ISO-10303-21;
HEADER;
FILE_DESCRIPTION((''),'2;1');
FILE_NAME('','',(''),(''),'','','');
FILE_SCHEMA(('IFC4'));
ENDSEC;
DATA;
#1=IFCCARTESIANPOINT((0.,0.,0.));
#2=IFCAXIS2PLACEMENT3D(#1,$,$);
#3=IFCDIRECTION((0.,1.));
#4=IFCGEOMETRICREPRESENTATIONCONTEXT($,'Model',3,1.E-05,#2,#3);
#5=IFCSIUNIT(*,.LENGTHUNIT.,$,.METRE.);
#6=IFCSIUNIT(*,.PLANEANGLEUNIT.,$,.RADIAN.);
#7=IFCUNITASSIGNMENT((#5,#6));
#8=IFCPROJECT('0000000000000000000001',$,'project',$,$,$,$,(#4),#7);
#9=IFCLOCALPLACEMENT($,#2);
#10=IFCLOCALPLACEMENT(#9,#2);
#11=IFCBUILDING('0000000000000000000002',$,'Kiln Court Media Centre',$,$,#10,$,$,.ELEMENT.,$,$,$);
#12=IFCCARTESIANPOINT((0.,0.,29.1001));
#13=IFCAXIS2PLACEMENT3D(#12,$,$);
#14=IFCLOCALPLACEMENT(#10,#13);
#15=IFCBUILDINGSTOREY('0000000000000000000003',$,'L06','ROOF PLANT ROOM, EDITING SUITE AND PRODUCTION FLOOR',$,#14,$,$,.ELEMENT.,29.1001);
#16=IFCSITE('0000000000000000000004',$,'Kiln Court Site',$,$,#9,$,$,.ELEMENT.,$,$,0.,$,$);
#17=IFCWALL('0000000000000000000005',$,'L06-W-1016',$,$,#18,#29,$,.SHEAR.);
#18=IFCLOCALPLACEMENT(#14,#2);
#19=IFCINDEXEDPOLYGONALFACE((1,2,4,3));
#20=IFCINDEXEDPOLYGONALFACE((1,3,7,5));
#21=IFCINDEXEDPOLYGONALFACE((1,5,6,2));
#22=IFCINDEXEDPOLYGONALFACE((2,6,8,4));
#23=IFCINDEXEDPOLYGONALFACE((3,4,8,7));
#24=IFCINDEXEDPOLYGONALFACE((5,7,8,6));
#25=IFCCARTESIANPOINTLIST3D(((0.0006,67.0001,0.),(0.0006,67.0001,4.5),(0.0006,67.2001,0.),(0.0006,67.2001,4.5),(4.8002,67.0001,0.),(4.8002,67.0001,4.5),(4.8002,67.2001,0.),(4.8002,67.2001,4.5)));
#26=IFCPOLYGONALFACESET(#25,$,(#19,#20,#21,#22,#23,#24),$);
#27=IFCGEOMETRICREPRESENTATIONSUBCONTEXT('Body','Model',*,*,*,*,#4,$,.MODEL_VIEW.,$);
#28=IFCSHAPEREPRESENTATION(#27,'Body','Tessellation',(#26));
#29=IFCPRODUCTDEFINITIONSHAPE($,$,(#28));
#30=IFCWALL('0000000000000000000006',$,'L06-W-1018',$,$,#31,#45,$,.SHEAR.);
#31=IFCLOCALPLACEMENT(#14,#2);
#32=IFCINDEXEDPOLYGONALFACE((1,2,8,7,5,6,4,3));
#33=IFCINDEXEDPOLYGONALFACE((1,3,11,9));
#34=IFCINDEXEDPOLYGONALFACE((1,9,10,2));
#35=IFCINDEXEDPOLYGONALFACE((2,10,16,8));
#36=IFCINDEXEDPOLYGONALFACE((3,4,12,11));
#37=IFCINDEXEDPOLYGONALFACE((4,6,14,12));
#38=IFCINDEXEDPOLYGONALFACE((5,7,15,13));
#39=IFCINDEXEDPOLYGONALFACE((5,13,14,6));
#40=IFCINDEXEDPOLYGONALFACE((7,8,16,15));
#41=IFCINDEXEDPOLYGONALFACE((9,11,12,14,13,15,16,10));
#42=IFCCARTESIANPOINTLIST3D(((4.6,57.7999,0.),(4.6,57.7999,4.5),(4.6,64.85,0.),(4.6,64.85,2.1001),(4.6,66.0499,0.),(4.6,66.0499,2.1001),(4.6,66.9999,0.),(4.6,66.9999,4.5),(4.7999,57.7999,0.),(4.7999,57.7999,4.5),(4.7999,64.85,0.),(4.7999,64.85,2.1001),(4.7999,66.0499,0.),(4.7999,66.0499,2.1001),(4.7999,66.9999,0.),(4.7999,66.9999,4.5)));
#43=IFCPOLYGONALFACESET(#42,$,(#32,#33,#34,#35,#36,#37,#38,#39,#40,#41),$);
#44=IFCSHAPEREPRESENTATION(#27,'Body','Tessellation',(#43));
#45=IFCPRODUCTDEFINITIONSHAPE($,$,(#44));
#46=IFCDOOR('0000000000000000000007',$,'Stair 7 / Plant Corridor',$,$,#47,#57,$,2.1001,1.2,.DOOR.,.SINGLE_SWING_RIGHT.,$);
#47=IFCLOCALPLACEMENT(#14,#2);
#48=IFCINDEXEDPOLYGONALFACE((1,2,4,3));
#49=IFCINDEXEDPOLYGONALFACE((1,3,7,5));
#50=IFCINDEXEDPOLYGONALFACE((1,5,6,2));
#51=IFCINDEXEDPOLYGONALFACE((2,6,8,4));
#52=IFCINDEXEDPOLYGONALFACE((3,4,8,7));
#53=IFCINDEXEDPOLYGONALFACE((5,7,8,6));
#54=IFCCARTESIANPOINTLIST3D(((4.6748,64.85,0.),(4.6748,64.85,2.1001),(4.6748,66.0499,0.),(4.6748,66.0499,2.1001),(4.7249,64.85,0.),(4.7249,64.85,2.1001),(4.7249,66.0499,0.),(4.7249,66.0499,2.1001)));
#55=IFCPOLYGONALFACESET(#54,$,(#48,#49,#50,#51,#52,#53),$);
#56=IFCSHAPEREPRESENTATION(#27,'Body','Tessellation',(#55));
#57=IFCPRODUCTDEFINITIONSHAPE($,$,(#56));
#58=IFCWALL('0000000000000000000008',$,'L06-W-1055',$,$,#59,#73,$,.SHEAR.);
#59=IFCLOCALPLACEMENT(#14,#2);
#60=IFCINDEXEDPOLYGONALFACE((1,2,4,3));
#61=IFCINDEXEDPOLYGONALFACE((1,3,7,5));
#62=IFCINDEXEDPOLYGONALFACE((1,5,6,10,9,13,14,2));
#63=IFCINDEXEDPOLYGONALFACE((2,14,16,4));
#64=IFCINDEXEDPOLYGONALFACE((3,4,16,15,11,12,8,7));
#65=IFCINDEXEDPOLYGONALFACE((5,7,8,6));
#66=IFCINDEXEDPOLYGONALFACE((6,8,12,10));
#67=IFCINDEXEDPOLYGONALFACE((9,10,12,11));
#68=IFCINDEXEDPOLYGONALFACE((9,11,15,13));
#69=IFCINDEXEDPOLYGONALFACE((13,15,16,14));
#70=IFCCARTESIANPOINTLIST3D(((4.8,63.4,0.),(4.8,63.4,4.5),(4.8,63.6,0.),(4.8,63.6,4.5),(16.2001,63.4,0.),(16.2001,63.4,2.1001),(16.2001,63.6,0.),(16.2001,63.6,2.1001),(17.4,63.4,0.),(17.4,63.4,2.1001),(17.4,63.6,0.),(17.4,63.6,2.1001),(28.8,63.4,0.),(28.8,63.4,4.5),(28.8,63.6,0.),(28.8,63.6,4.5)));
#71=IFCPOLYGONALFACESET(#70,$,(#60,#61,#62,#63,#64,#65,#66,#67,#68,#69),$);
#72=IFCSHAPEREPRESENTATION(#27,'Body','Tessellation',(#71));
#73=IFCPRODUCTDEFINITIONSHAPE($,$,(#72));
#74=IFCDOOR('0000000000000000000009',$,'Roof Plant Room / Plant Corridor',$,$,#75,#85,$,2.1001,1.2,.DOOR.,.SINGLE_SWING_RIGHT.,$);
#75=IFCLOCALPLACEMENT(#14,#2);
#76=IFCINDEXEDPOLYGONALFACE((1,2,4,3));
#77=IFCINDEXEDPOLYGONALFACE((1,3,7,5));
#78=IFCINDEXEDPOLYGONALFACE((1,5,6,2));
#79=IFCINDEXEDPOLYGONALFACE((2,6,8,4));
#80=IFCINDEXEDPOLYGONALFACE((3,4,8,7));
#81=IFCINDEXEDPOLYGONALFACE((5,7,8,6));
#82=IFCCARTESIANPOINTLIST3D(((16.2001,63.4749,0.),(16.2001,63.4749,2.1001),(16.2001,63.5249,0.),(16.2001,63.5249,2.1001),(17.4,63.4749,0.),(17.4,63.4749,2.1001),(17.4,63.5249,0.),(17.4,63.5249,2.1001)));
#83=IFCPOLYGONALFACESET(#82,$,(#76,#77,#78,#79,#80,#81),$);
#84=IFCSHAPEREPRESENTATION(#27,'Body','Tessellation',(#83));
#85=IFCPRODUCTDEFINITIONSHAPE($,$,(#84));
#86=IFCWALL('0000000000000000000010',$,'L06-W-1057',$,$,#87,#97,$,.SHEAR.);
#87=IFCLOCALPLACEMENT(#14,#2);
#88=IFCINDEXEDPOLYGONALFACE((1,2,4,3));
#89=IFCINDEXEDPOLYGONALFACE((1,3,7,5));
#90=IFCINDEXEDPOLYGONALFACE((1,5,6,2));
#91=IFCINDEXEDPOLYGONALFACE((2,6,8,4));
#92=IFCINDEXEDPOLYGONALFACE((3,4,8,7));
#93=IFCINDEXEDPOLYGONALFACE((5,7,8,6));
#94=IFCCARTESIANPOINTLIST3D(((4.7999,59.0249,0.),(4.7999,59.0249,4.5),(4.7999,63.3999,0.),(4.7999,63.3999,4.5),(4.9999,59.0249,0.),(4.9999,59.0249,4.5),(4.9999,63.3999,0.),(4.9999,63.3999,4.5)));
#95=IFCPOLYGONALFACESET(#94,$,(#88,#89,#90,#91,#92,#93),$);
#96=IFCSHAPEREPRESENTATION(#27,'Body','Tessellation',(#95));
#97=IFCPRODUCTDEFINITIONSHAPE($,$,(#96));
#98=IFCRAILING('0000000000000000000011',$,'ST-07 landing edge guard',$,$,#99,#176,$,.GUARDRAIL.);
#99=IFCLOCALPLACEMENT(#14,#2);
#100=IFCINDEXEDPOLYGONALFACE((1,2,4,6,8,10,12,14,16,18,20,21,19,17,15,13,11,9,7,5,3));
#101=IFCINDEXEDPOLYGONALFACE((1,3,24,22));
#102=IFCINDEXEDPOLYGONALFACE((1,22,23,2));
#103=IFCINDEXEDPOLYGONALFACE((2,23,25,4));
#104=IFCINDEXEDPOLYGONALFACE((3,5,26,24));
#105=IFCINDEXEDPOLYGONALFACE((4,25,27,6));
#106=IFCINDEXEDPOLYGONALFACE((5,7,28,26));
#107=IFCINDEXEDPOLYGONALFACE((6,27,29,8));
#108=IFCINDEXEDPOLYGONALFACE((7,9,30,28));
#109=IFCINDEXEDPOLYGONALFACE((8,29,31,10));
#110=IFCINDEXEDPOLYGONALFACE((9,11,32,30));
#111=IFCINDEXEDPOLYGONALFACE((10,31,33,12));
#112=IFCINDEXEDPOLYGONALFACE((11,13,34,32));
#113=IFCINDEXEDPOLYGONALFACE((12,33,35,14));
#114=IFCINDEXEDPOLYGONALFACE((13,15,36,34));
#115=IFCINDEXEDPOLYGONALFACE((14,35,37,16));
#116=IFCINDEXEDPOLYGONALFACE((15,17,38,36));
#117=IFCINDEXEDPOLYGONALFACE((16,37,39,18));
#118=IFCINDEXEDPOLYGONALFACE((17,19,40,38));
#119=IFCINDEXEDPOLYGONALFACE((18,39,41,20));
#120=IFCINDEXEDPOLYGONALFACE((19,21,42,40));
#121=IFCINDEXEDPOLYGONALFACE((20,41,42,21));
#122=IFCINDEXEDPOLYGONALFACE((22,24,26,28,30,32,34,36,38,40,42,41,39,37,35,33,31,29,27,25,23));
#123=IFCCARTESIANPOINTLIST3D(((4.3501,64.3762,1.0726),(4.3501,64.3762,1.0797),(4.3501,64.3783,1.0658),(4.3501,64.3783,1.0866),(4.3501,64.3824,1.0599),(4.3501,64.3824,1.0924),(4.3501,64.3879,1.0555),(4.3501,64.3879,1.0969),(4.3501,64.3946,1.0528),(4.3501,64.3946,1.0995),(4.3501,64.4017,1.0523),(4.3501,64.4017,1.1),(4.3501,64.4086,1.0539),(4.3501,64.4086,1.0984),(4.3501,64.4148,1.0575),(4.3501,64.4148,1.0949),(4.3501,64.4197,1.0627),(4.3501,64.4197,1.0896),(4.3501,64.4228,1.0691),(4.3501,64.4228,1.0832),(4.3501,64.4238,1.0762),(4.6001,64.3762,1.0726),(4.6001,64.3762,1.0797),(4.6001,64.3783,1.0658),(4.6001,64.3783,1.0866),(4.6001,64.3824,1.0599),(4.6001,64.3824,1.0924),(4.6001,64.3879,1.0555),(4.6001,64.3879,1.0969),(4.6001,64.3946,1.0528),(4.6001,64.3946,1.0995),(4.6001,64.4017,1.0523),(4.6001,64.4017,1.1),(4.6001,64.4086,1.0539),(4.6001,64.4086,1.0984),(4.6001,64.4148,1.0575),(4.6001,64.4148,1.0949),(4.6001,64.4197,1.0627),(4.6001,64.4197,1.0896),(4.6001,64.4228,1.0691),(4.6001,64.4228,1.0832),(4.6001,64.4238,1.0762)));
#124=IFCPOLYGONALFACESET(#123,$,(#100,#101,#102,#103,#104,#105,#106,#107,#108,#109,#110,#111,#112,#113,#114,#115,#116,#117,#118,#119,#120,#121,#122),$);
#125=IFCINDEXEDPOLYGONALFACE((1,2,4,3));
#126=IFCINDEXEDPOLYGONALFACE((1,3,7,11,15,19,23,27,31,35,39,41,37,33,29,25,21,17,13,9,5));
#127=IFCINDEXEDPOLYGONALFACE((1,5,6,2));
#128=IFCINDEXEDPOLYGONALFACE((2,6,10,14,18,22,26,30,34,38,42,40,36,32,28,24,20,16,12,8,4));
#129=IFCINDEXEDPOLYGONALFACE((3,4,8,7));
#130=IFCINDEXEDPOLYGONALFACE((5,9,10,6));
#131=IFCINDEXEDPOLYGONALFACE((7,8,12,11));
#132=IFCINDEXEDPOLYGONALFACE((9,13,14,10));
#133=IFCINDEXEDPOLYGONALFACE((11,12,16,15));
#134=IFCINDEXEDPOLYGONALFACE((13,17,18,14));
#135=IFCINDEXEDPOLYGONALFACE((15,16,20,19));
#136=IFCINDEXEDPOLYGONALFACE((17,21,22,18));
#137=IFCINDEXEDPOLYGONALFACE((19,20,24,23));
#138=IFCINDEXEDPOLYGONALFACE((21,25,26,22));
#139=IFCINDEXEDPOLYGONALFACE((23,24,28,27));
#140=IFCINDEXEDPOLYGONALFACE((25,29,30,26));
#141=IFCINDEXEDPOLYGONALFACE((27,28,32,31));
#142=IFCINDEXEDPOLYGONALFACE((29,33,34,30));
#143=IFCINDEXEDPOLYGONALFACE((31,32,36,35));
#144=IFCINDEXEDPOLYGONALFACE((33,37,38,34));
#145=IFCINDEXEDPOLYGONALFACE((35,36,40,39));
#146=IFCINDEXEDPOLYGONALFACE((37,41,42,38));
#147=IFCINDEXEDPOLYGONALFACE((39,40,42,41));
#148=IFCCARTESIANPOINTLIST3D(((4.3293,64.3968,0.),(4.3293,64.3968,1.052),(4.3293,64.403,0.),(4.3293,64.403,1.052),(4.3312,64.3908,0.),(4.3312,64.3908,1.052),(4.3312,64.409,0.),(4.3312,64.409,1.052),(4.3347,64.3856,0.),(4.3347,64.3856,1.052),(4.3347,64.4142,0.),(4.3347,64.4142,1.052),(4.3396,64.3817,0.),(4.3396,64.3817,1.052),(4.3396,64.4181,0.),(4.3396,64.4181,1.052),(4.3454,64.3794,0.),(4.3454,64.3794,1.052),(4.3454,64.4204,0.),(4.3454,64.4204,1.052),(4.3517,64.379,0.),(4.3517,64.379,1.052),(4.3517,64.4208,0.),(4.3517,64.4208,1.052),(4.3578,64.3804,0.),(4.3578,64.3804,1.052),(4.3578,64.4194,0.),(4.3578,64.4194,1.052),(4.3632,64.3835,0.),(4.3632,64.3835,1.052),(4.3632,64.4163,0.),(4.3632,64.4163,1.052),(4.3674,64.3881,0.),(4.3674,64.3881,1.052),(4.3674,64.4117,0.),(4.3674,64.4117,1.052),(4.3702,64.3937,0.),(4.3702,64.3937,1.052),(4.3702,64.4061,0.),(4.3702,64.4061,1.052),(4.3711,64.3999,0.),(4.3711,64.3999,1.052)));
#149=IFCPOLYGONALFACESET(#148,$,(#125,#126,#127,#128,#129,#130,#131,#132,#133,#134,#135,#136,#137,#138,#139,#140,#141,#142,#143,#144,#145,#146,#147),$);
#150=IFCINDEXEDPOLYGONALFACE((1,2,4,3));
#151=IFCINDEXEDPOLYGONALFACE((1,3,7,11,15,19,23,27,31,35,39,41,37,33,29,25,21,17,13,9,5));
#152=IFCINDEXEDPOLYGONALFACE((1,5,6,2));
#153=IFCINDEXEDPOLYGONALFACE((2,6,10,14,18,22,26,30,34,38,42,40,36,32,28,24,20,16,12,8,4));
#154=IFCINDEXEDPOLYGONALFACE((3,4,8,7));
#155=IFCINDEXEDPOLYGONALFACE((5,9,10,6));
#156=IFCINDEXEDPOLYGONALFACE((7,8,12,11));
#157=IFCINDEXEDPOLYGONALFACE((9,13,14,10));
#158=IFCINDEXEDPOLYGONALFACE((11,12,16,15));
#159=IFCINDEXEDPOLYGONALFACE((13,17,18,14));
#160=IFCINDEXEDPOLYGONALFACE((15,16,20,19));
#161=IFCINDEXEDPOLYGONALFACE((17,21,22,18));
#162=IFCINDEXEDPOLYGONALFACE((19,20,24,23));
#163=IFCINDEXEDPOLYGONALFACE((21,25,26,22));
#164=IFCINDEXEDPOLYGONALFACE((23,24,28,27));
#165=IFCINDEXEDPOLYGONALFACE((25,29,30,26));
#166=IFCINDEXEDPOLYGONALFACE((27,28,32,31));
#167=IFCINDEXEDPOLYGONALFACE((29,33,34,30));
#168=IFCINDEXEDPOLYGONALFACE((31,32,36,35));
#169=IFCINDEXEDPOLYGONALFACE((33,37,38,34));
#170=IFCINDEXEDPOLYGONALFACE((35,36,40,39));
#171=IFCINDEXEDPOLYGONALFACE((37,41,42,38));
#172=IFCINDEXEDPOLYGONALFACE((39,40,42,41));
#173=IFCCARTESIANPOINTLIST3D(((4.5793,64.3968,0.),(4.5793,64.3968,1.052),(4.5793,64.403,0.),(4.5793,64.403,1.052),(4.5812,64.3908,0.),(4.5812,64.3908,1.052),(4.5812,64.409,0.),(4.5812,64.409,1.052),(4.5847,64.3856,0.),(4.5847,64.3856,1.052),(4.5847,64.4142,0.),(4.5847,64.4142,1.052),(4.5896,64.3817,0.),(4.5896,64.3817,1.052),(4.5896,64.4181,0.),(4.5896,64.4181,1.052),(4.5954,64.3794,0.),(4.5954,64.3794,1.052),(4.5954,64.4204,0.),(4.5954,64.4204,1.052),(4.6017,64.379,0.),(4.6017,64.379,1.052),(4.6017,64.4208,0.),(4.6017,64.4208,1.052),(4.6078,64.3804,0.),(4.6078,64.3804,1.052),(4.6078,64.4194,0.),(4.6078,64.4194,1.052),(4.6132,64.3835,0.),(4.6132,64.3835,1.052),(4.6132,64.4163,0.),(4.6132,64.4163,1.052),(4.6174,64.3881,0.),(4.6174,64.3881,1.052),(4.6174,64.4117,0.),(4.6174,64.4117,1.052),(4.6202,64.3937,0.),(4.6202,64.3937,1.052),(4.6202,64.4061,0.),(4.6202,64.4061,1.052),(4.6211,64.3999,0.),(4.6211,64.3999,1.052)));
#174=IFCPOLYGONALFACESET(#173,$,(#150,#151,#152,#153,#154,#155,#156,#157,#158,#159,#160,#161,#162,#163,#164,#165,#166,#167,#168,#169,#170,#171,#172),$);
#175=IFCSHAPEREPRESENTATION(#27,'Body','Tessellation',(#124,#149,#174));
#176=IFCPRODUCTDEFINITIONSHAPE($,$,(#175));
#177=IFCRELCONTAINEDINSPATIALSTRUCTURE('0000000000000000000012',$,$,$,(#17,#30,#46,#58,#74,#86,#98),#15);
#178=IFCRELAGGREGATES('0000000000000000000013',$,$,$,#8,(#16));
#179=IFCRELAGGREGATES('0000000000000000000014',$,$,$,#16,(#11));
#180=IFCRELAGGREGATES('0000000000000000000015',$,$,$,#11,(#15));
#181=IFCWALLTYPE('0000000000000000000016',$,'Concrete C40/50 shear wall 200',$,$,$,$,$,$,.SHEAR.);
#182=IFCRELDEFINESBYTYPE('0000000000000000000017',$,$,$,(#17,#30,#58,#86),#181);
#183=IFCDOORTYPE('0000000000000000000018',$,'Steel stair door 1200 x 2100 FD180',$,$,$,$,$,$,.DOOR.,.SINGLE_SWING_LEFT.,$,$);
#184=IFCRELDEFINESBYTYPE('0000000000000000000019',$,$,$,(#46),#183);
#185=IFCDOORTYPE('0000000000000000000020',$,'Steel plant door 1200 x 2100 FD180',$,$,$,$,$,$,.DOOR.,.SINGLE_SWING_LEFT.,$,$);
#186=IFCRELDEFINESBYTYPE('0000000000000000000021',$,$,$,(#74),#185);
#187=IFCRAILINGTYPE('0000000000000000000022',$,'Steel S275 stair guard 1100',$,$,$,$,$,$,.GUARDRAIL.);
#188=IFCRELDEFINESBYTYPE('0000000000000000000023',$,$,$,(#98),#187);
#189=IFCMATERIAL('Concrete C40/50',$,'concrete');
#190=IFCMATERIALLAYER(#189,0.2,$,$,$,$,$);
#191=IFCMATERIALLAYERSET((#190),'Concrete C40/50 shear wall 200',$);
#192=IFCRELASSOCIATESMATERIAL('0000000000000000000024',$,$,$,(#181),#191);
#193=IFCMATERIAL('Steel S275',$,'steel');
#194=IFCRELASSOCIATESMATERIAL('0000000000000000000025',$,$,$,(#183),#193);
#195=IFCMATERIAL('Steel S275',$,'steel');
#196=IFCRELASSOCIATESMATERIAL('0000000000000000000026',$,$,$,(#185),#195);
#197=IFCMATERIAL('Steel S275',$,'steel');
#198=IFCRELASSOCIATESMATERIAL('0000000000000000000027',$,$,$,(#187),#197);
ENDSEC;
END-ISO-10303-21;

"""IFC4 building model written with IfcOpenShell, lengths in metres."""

from ifc_helpers import new_model, si_unit, direction, frame, frame_2d, origin, origin_2d, place, context, subcontext, project, spatial, rectangle, circle, extrude, material, layer, layer_set, type_object, element, fill, save


model = new_model("IFC4")

# Units and contexts
model_context = context("Model", 3, precision=1e-05, world=origin(), true_north=direction((0.0, 1.0)))
body_context = subcontext(model_context, "Body", "Model", "MODEL_VIEW")
ifc_project = project(units=[si_unit("LENGTHUNIT", "METRE"), si_unit("PLANEANGLEUNIT", "RADIAN")], contexts=[model_context])

# Site, building, storey
site_placement = place(None, origin())
site = spatial("IfcSite", under=ifc_project, at=site_placement, Name="Kiln Court Site", CompositionType="ELEMENT", RefElevation=0.0)
building_placement = place(site_placement, origin())
building = spatial("IfcBuilding", under=site, at=building_placement, Name="Kiln Court Media Centre", CompositionType="ELEMENT")
storey_placement = place(building_placement, frame((0.0, 0.0, 29.1001)))
storey = spatial("IfcBuildingStorey", under=building, at=storey_placement, Name="L06", Description="ROOF PLANT ROOM, EDITING SUITE AND PRODUCTION FLOOR", CompositionType="ELEMENT", Elevation=29.1001)

# Wall
ifc_material_1 = material(Name="Concrete C40/50", Category="concrete")
ifc_layer_1 = layer(ifc_material_1, 0.2)
ifc_layer_set_1 = layer_set([ifc_layer_1], Name="Concrete C40/50 shear wall 200")
wall_type_1 = type_object("IfcWallType", Name="Concrete C40/50 shear wall 200", PredefinedType="SHEAR", material=ifc_layer_set_1)
wall_1_placement = place(storey_placement, frame((0.0005, 67.1001, 0.0), z_axis=(0.0, 0.0, 1.0), x_axis=(1.0, 0.0, 0.0)))
element("IfcWall", 1, at=wall_1_placement, inside=storey, type_object=wall_type_1, Name="L06-W-1016", PredefinedType="SHEAR", context=body_context, shape_type="SweptSolid", body=[
    extrude(rectangle(XDim=4.7996, YDim=0.2, at=frame_2d((2.3999, 0.0))), origin(), (0.0, 0.0, 1.0), 4.5),
])

# Walls, openings, doors
wall_2_placement = place(storey_placement, frame((4.7, 67.0, 0.0), z_axis=(0.0, 0.0, 1.0), x_axis=(0.0, -1.0, 0.0)))
wall_2 = element("IfcWall", 2, at=wall_2_placement, inside=storey, type_object=wall_type_1, Name="L06-W-1018", PredefinedType="SHEAR", context=body_context, shape_type="SweptSolid", body=[
    extrude(rectangle(XDim=9.2, YDim=0.2, at=frame_2d((4.6001, 0.0))), origin(), (0.0, 0.0, 1.0), 4.5),
])
opening_1_placement = place(wall_2_placement, frame((0.95, 0.0, 0.0)))
opening_1 = element("IfcOpeningElement", 3, at=opening_1_placement, cuts=wall_2, PredefinedType="OPENING", context=body_context, shape_type="SweptSolid", body=[
    extrude(rectangle(XDim=1.2, YDim=2.1001, at=frame_2d((0.6001, 1.05))), frame((0.0, 0.1099, 0.0), z_axis=(0.0, -1.0, 0.0), x_axis=(1.0, 0.0, 0.0)), (0.0, 0.0, 1.0), 0.22),
])
ifc_material_2 = material(Name="Steel S275", Category="steel")
door_type_1 = type_object("IfcDoorType", Name="Steel stair door 1200 x 2100 FD180", OperationType="SINGLE_SWING_LEFT", PredefinedType="DOOR", material=ifc_material_2)
door_1_placement = place(opening_1_placement, origin())
door_1 = element("IfcDoor", 4, at=door_1_placement, inside=storey, type_object=door_type_1, Name="Stair 7 / Plant Corridor", OperationType="SINGLE_SWING_RIGHT", OverallHeight=2.1001, OverallWidth=1.2, PredefinedType="DOOR", context=body_context, shape_type="SweptSolid", body=[
    extrude(rectangle(XDim=1.2, YDim=2.1001, at=frame_2d((0.6001, 1.05))), frame((0.0, 0.0249, 0.0), z_axis=(0.0, -1.0, 0.0), x_axis=(1.0, 0.0, 0.0)), (0.0, 0.0, 1.0), 0.05),
])
fill(opening_1, door_1)
wall_3_placement = place(storey_placement, frame((4.8, 63.5, 0.0), z_axis=(0.0, 0.0, 1.0), x_axis=(1.0, 0.0, 0.0)))
wall_3 = element("IfcWall", 5, at=wall_3_placement, inside=storey, type_object=wall_type_1, Name="L06-W-1055", PredefinedType="SHEAR", context=body_context, shape_type="SweptSolid", body=[
    extrude(rectangle(XDim=24.0, YDim=0.2, at=frame_2d((12.0, 0.0))), origin(), (0.0, 0.0, 1.0), 4.5),
])
opening_2_placement = place(wall_3_placement, frame((11.3999, 0.0, 0.0)))
opening_2 = element("IfcOpeningElement", 6, at=opening_2_placement, cuts=wall_3, PredefinedType="OPENING", context=body_context, shape_type="SweptSolid", body=[
    extrude(rectangle(XDim=1.2, YDim=2.1001, at=frame_2d((0.6001, 1.05))), frame((0.0, 0.1099, 0.0), z_axis=(0.0, -1.0, 0.0), x_axis=(1.0, 0.0, 0.0)), (0.0, 0.0, 1.0), 0.22),
])
ifc_material_3 = material(Name="Steel S275", Category="steel")
door_type_2 = type_object("IfcDoorType", Name="Steel plant door 1200 x 2100 FD180", OperationType="SINGLE_SWING_LEFT", PredefinedType="DOOR", material=ifc_material_3)
door_2_placement = place(opening_2_placement, origin())
door_2 = element("IfcDoor", 7, at=door_2_placement, inside=storey, type_object=door_type_2, Name="Roof Plant Room / Plant Corridor", OperationType="SINGLE_SWING_RIGHT", OverallHeight=2.1001, OverallWidth=1.2, PredefinedType="DOOR", context=body_context, shape_type="SweptSolid", body=[
    extrude(rectangle(XDim=1.2, YDim=2.1001, at=frame_2d((0.6001, 1.05))), frame((0.0, 0.0249, 0.0), z_axis=(0.0, -1.0, 0.0), x_axis=(1.0, 0.0, 0.0)), (0.0, 0.0, 1.0), 0.05),
])
fill(opening_2, door_2)

# Wall
wall_4_placement = place(storey_placement, frame((4.8999, 59.0249, 0.0), z_axis=(0.0, 0.0, 1.0), x_axis=(0.0, 1.0, 0.0)))
element("IfcWall", 8, at=wall_4_placement, inside=storey, type_object=wall_type_1, Name="L06-W-1057", PredefinedType="SHEAR", context=body_context, shape_type="SweptSolid", body=[
    extrude(rectangle(XDim=4.375, YDim=0.2, at=frame_2d((2.1875, 0.0))), origin(), (0.0, 0.0, 1.0), 4.5),
])

# Railing
ifc_material_4 = material(Name="Steel S275", Category="steel")
railing_type = type_object("IfcRailingType", Name="Steel S275 stair guard 1100", PredefinedType="GUARDRAIL", material=ifc_material_4)
railing_1_placement = place(storey_placement, frame((4.3501, 64.3999, 0.0)))
element("IfcRailing", 9, at=railing_1_placement, inside=storey, type_object=railing_type, Name="ST-07 landing edge guard", PredefinedType="GUARDRAIL", context=body_context, shape_type="SweptSolid", body=[
    extrude(circle(Radius=0.0239, at=origin_2d()), frame((0.0, 0.0, 1.0762), z_axis=(1.0, 0.0, 0.0), x_axis=(0.0, 1.0, 0.0)), (0.0, 0.0, 1.0), 0.25),
    extrude(circle(Radius=0.021, at=origin_2d()), origin(), (0.0, 0.0, 1.0), 1.052),
    extrude(circle(Radius=0.021, at=origin_2d()), frame((0.25, 0.0, 0.0)), (0.0, 0.0, 1.0), 1.052),
])

save(model, "model.ifc")
